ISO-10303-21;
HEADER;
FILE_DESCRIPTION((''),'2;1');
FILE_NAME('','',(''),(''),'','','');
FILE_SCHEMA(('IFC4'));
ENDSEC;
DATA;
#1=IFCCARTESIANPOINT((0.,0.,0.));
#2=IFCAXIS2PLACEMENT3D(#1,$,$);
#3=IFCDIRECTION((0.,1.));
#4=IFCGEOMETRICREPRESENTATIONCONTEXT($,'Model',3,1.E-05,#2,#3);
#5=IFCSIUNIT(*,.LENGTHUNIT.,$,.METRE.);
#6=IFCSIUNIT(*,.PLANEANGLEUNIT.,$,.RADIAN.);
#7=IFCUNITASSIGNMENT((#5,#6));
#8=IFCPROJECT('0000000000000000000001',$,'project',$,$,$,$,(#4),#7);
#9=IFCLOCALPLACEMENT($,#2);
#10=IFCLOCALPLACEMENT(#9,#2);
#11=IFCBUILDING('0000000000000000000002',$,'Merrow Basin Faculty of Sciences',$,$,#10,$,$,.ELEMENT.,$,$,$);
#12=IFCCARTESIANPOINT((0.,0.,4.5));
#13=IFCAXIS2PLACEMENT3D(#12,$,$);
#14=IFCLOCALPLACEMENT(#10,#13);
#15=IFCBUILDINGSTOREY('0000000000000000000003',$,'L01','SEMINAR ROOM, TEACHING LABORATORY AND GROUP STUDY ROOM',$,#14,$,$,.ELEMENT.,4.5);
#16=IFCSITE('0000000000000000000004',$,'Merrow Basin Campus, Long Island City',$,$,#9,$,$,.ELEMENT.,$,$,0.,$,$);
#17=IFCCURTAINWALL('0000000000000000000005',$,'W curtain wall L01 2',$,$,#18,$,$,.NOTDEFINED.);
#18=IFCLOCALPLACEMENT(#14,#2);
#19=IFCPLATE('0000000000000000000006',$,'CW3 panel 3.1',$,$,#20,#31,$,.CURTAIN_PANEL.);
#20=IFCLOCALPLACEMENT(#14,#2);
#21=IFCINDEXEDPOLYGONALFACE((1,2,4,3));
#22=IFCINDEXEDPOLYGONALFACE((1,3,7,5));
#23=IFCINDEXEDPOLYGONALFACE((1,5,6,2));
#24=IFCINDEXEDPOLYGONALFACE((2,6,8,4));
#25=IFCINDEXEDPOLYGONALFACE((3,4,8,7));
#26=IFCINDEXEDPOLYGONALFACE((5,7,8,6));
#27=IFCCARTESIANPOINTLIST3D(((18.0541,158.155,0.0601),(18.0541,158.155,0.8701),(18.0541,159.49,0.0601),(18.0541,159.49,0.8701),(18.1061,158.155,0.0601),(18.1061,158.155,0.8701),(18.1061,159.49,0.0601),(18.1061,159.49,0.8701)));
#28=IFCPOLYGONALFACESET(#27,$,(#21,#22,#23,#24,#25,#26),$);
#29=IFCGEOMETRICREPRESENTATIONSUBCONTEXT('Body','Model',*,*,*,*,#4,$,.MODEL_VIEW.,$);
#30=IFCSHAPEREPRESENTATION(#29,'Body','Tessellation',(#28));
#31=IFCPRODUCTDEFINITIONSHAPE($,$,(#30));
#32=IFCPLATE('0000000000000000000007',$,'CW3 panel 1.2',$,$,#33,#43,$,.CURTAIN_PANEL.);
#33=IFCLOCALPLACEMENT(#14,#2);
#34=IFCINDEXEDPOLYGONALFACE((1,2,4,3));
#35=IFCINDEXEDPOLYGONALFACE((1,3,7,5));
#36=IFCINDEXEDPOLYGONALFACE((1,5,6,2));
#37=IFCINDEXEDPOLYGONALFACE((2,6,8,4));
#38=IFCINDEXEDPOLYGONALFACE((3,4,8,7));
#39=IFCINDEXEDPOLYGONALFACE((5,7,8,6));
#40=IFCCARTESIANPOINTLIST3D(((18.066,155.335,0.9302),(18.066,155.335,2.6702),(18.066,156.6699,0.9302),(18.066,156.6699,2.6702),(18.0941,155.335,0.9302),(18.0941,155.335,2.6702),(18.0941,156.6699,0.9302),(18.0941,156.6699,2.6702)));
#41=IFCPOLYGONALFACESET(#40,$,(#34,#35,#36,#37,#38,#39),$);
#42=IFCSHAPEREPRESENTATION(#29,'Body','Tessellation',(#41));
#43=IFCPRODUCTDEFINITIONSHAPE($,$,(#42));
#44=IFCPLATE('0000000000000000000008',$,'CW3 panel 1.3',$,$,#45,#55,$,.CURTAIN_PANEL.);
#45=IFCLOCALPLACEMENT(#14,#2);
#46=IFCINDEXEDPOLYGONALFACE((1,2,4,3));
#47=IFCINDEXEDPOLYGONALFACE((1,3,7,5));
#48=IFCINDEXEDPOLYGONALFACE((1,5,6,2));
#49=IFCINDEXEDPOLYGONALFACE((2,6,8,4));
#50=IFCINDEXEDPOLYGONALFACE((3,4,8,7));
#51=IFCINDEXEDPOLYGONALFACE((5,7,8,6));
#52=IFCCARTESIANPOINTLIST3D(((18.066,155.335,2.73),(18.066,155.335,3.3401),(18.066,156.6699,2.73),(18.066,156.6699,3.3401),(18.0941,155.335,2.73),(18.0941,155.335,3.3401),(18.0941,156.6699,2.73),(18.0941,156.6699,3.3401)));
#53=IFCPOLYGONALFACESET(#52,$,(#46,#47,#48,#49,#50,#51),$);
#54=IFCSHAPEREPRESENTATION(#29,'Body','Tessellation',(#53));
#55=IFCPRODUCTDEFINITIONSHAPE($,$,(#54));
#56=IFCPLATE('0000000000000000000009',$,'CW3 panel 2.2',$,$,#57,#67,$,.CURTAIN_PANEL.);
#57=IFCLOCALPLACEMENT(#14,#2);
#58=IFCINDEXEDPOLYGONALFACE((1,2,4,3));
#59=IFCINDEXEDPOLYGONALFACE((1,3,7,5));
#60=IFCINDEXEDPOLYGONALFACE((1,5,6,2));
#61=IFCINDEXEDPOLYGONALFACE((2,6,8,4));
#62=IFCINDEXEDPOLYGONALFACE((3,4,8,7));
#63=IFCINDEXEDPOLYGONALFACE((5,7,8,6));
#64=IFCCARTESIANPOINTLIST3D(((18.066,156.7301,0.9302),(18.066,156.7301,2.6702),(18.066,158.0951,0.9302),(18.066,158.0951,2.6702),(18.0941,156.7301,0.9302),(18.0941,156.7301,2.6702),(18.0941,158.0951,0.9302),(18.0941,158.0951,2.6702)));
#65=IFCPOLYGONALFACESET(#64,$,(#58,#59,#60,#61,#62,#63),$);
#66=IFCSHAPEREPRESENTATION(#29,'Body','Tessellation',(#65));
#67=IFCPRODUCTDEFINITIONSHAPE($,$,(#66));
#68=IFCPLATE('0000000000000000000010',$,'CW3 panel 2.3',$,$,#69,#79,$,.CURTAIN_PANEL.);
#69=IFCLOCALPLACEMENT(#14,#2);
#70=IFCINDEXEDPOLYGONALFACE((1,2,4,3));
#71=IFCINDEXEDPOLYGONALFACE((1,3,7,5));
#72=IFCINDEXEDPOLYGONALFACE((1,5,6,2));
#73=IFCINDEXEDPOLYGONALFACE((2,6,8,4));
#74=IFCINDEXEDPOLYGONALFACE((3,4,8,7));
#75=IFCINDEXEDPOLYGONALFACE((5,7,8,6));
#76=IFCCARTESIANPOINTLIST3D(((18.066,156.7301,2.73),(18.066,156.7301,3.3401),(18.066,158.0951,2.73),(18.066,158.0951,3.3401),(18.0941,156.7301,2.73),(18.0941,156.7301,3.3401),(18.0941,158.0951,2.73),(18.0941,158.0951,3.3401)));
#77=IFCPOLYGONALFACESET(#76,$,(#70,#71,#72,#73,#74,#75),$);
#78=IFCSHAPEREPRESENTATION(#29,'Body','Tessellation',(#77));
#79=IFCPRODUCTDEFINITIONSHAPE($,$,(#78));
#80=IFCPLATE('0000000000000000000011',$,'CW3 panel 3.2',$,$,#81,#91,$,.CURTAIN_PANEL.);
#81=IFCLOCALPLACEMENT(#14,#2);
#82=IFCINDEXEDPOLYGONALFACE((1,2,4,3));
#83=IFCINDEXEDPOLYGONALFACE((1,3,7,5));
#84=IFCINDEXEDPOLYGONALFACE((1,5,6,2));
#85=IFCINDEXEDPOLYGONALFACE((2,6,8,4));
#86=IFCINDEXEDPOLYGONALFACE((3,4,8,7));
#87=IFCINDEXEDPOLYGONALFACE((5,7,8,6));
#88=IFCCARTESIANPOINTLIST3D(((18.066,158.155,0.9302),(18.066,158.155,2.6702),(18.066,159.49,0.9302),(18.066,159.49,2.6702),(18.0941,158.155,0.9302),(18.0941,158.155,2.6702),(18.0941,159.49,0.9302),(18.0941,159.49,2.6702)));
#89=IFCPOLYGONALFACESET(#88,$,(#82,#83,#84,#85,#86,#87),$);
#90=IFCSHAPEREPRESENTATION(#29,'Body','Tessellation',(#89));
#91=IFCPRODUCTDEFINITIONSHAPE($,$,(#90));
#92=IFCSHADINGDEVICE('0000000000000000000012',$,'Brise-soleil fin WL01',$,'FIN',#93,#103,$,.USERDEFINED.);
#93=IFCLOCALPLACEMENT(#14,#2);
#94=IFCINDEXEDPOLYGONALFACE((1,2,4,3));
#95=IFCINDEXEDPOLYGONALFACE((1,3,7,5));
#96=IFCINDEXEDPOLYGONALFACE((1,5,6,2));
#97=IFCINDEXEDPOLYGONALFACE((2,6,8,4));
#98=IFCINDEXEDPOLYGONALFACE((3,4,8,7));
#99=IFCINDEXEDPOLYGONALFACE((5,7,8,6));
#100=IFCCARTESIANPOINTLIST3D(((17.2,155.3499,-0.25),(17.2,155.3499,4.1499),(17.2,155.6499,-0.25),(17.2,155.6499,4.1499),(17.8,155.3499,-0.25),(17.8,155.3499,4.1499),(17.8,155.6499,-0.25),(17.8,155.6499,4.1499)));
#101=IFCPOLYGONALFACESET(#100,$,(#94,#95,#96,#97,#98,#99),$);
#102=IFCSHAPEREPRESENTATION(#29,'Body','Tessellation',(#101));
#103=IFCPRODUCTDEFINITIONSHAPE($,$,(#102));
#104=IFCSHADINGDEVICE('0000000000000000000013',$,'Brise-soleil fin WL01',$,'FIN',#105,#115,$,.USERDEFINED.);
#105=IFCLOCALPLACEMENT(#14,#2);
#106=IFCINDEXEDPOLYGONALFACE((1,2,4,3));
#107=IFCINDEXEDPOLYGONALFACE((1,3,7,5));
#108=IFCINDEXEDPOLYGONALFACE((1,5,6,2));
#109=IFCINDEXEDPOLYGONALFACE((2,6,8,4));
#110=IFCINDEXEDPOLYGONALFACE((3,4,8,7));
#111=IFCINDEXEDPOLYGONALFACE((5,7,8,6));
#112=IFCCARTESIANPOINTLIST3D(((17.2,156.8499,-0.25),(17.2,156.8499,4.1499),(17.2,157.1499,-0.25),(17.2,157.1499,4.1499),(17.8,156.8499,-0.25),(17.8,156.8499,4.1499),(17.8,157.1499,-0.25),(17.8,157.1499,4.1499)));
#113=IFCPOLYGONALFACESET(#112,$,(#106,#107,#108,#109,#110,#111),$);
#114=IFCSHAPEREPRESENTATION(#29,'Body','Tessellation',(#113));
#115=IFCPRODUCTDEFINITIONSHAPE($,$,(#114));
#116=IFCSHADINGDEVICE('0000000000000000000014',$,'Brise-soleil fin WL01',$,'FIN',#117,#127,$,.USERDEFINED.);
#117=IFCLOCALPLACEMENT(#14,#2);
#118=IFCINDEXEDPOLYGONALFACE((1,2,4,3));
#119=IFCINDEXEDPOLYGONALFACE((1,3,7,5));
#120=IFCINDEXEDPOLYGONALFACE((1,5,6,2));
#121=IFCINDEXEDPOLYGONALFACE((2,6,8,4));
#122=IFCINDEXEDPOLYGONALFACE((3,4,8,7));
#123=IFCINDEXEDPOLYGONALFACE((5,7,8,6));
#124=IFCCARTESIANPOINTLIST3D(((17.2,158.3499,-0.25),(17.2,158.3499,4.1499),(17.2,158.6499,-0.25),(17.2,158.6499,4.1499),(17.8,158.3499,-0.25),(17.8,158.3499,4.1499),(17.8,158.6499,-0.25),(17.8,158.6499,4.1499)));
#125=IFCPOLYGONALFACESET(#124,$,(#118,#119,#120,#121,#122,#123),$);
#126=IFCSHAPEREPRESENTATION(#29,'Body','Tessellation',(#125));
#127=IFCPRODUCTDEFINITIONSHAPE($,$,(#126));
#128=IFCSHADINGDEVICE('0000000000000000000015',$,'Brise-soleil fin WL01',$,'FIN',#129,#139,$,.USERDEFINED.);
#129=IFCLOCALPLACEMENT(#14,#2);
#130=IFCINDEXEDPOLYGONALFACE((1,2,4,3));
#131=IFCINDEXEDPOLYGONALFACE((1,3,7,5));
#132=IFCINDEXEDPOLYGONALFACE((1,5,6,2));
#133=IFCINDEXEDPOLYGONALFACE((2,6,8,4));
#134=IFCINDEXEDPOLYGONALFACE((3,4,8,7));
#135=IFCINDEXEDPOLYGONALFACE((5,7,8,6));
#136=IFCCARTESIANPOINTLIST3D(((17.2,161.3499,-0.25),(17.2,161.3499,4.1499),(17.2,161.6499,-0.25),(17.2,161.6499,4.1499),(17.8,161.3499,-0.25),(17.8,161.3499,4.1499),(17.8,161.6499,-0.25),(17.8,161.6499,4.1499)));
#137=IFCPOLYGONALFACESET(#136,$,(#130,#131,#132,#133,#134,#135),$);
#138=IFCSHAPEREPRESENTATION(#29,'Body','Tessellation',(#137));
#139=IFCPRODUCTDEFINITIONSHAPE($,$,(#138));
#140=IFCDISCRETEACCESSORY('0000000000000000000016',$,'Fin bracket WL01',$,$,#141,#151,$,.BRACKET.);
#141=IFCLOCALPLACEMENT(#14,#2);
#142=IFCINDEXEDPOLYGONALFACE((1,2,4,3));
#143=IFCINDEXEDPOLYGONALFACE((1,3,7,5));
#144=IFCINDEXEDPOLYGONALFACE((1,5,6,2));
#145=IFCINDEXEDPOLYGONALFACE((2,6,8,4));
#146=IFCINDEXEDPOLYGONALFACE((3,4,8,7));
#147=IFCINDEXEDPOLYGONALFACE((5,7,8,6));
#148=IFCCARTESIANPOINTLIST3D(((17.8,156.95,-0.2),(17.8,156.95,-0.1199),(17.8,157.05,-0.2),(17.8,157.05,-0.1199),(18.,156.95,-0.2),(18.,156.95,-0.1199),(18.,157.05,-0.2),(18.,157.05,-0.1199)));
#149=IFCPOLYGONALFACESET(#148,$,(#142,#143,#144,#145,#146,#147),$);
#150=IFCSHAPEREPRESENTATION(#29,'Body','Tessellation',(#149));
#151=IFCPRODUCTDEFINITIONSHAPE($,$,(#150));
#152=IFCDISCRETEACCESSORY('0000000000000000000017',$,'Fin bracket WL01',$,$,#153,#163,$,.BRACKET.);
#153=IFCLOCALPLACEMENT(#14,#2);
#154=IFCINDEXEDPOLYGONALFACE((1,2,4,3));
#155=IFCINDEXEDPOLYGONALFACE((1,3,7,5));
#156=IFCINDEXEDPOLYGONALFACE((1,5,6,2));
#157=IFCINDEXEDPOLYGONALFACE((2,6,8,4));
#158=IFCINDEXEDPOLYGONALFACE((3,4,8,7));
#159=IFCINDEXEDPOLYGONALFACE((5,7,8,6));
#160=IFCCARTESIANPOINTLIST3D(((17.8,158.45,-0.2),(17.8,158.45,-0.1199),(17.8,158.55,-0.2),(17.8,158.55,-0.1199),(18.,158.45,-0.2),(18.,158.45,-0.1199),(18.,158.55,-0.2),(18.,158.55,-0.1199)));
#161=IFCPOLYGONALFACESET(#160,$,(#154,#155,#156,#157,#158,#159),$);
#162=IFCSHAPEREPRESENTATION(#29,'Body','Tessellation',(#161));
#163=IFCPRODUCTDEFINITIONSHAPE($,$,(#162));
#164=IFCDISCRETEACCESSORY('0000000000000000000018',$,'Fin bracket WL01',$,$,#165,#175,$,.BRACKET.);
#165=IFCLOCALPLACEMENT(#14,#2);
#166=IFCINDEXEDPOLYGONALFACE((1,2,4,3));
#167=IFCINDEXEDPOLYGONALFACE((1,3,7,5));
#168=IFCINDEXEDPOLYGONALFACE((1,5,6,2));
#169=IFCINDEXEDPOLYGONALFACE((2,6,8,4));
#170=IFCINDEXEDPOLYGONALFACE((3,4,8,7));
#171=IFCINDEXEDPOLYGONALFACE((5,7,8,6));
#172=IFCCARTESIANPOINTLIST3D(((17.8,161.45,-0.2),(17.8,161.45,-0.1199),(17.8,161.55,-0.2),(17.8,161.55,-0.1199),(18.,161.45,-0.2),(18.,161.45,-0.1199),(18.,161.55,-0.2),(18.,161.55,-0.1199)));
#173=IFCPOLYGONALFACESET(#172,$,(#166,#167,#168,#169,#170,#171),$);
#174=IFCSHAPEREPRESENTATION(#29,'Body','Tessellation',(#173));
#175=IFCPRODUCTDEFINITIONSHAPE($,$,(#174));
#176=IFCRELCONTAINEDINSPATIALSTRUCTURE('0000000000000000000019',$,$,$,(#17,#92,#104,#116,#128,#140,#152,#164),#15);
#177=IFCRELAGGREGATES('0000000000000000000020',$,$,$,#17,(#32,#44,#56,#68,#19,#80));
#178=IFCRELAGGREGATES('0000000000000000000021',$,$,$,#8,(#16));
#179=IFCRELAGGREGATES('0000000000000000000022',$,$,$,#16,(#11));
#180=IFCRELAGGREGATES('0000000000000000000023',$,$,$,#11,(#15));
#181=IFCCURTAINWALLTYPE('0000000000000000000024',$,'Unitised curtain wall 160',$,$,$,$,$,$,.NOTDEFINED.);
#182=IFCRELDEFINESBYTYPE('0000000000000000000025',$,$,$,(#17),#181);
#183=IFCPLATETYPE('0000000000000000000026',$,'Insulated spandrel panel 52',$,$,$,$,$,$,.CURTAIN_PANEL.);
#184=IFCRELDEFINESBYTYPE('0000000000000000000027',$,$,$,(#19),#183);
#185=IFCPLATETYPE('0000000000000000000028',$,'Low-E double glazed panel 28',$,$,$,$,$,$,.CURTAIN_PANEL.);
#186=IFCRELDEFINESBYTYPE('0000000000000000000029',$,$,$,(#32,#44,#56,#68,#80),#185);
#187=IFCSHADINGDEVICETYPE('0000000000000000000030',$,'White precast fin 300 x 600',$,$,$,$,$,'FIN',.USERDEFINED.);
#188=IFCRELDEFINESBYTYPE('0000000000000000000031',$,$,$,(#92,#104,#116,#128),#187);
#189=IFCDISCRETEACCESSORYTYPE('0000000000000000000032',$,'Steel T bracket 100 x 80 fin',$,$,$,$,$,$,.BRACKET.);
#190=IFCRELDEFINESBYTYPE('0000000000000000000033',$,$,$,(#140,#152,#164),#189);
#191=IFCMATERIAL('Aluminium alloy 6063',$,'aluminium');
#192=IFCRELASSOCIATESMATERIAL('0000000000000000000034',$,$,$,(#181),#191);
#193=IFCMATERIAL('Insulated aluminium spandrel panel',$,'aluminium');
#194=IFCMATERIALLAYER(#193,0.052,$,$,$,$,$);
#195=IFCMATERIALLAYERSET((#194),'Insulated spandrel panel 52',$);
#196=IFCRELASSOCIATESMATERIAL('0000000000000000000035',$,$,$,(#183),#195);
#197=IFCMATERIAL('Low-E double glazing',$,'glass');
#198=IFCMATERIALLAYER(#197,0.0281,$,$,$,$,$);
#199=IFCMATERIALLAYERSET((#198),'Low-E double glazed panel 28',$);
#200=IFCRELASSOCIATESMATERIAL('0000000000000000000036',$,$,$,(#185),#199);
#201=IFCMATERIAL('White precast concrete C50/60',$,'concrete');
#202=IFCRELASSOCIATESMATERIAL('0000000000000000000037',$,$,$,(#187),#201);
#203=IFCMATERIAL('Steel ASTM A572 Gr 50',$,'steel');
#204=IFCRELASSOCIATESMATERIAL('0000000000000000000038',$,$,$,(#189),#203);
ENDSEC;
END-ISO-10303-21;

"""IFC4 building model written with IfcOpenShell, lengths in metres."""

from ifc_helpers import new_model, si_unit, direction, frame, origin, origin_2d, place, context, subcontext, project, spatial, polyline, rectangle, outline, extrude, source, transform, mapped, material, layer, layer_set, type_object, element, aggregate, save


model = new_model("IFC4")

# Units and contexts
model_context = context("Model", 3, precision=1e-05, world=origin(), true_north=direction((0.0, 1.0)))
body_context = subcontext(model_context, "Body", "Model", "MODEL_VIEW")
ifc_project = project(units=[si_unit("LENGTHUNIT", "METRE"), si_unit("PLANEANGLEUNIT", "RADIAN")], contexts=[model_context])

# Site, building, storey
site_placement = place(None, origin())
site = spatial("IfcSite", under=ifc_project, at=site_placement, Name="Merrow Basin Campus, Long Island City", CompositionType="ELEMENT", RefElevation=0.0)
building_placement = place(site_placement, origin())
building = spatial("IfcBuilding", under=site, at=building_placement, Name="Merrow Basin Faculty of Sciences", CompositionType="ELEMENT")
storey_placement = place(building_placement, frame((0.0, 0.0, 4.5)))
storey = spatial("IfcBuildingStorey", under=building, at=storey_placement, Name="L01", Description="SEMINAR ROOM, TEACHING LABORATORY AND GROUP STUDY ROOM", CompositionType="ELEMENT", Elevation=4.5)

# Curtain wall
ifc_material_1 = material(Name="Aluminium alloy 6063", Category="aluminium")
curtain_wall_type = type_object("IfcCurtainWallType", Name="Unitised curtain wall 160", PredefinedType="NOTDEFINED", material=ifc_material_1)
curtain_wall_placement = place(storey_placement, origin())
curtain_wall = element("IfcCurtainWall", 1, at=curtain_wall_placement, inside=storey, type_object=curtain_wall_type, Name="W curtain wall L01 2", PredefinedType="NOTDEFINED")

# Plates
ifc_material_2 = material(Name="Insulated aluminium spandrel panel", Category="aluminium")
ifc_layer_1 = layer(ifc_material_2, 0.052)
ifc_layer_set_1 = layer_set([ifc_layer_1], Name="Insulated spandrel panel 52")
plate_type_1 = type_object("IfcPlateType", Name="Insulated spandrel panel 52", PredefinedType="CURTAIN_PANEL", material=ifc_layer_set_1)
plate_1_placement = place(storey_placement, frame((18.0801, 158.8225, 0.0601), z_axis=(0.0, 0.0, 1.0), x_axis=(0.0, 1.0, 0.0)))
plate_1 = element("IfcPlate", 2, at=plate_1_placement, type_object=plate_type_1, Name="CW3 panel 3.1", PredefinedType="CURTAIN_PANEL", context=body_context, shape_type="SweptSolid", body=[
    extrude(rectangle(XDim=1.335, YDim=0.052, at=origin_2d()), origin(), (0.0, 0.0, 1.0), 0.8101),
])
ifc_material_3 = material(Name="Low-E double glazing", Category="glass")
ifc_layer_2 = layer(ifc_material_3, 0.0281)
ifc_layer_set_2 = layer_set([ifc_layer_2], Name="Low-E double glazed panel 28")
plate_type_2 = type_object("IfcPlateType", Name="Low-E double glazed panel 28", PredefinedType="CURTAIN_PANEL", material=ifc_layer_set_2)
plate_2_placement = place(storey_placement, frame((18.0801, 156.0024, 0.9302), z_axis=(0.0, 0.0, 1.0), x_axis=(0.0, 1.0, 0.0)))
plate_2 = element("IfcPlate", 3, at=plate_2_placement, type_object=plate_type_2, Name="CW3 panel 1.2", PredefinedType="CURTAIN_PANEL", context=body_context, shape_type="SweptSolid", body=[
    extrude(rectangle(XDim=1.335, YDim=0.0281, at=origin_2d()), origin(), (0.0, 0.0, 1.0), 1.74),
])
plate_3_placement = place(storey_placement, frame((18.0801, 156.0024, 2.73), z_axis=(0.0, 0.0, 1.0), x_axis=(0.0, 1.0, 0.0)))
plate_3 = element("IfcPlate", 4, at=plate_3_placement, type_object=plate_type_2, Name="CW3 panel 1.3", PredefinedType="CURTAIN_PANEL", context=body_context, shape_type="SweptSolid", body=[
    extrude(rectangle(XDim=1.335, YDim=0.0281, at=origin_2d()), origin(), (0.0, 0.0, 1.0), 0.6101),
])
plate_4_placement = place(storey_placement, frame((18.0801, 157.4126, 0.9302), z_axis=(0.0, 0.0, 1.0), x_axis=(0.0, 1.0, 0.0)))
plate_4 = element("IfcPlate", 5, at=plate_4_placement, type_object=plate_type_2, Name="CW3 panel 2.2", PredefinedType="CURTAIN_PANEL", context=body_context, shape_type="SweptSolid", body=[
    extrude(rectangle(XDim=1.365, YDim=0.0281, at=origin_2d()), origin(), (0.0, 0.0, 1.0), 1.74),
])
plate_5_placement = place(storey_placement, frame((18.0801, 157.4126, 2.73), z_axis=(0.0, 0.0, 1.0), x_axis=(0.0, 1.0, 0.0)))
plate_5 = element("IfcPlate", 6, at=plate_5_placement, type_object=plate_type_2, Name="CW3 panel 2.3", PredefinedType="CURTAIN_PANEL", context=body_context, shape_type="SweptSolid", body=[
    extrude(rectangle(XDim=1.365, YDim=0.0281, at=origin_2d()), origin(), (0.0, 0.0, 1.0), 0.6101),
])
plate_6_placement = place(storey_placement, frame((18.0801, 158.8225, 0.9302), z_axis=(0.0, 0.0, 1.0), x_axis=(0.0, 1.0, 0.0)))
plate_6 = element("IfcPlate", 7, at=plate_6_placement, type_object=plate_type_2, Name="CW3 panel 3.2", PredefinedType="CURTAIN_PANEL", context=body_context, shape_type="SweptSolid", body=[
    extrude(rectangle(XDim=1.335, YDim=0.0281, at=origin_2d()), origin(), (0.0, 0.0, 1.0), 1.74),
])
aggregate(curtain_wall, [plate_2, plate_3, plate_4, plate_5, plate_1, plate_6])

# Shading devices
ifc_material_4 = material(Name="White precast concrete C50/60", Category="concrete")
shading_device_type = type_object("IfcShadingDeviceType", Name="White precast fin 300 x 600", ElementType="FIN", PredefinedType="USERDEFINED", material=ifc_material_4)
shared_shape_1 = source(origin(), body_context, "Body", "SweptSolid", [
    extrude(outline(polyline([(0.0, 0.0), (0.3, 0.0), (0.3, 4.3999), (0.0, 4.3999), (0.0, 0.0)])), origin(), (0.0, 0.0, 1.0), 0.6001),
])
for number, where, z_axis, x_axis, name in (
    (8, (17.8, 155.6499, -0.25), (-1.0, 0.0, 0.0), (0.0, -1.0, 0.0), "Brise-soleil fin WL01"),
    (9, (17.8, 157.1499, -0.25), (-1.0, 0.0, 0.0), (0.0, -1.0, 0.0), "Brise-soleil fin WL01"),
    (10, (17.8, 158.6499, -0.25), (-1.0, 0.0, 0.0), (0.0, -1.0, 0.0), "Brise-soleil fin WL01"),
    (11, (17.8, 161.6499, -0.25), (-1.0, 0.0, 0.0), (0.0, -1.0, 0.0), "Brise-soleil fin WL01"),
):
    element("IfcShadingDevice", number, at=place(storey_placement, frame(where, z_axis=z_axis, x_axis=x_axis)), inside=storey, type_object=shading_device_type, Name=name, ObjectType="FIN", PredefinedType="USERDEFINED", context=body_context, shape_type="MappedRepresentation", body=[
        mapped(shared_shape_1, transform((0.0, 0.0, 0.0), scale=1.0)),
    ])

# Discrete accessories
ifc_material_5 = material(Name="Steel ASTM A572 Gr 50", Category="steel")
discrete_accessory_type = type_object("IfcDiscreteAccessoryType", Name="Steel T bracket 100 x 80 fin", PredefinedType="BRACKET", material=ifc_material_5)
shared_shape_2 = source(origin(), body_context, "Body", "SweptSolid", [
    extrude(outline(polyline([(0.0, 0.0), (0.1001, 0.0), (0.1001, 0.0801), (0.0, 0.0801), (0.0, 0.0)])), origin(), (0.0, 0.0, 1.0), 0.2),
])
for number, where, z_axis, x_axis, name in (
    (12, (18.0, 157.05, -0.2), (-1.0, 0.0, 0.0), (0.0, -1.0, 0.0), "Fin bracket WL01"),
    (13, (18.0, 158.55, -0.2), (-1.0, 0.0, 0.0), (0.0, -1.0, 0.0), "Fin bracket WL01"),
    (14, (18.0, 161.55, -0.2), (-1.0, 0.0, 0.0), (0.0, -1.0, 0.0), "Fin bracket WL01"),
):
    element("IfcDiscreteAccessory", number, at=place(storey_placement, frame(where, z_axis=z_axis, x_axis=x_axis)), inside=storey, type_object=discrete_accessory_type, Name=name, PredefinedType="BRACKET", context=body_context, shape_type="MappedRepresentation", body=[
        mapped(shared_shape_2, transform((0.0, 0.0, 0.0), scale=1.0)),
    ])

save(model, "model.ifc")
